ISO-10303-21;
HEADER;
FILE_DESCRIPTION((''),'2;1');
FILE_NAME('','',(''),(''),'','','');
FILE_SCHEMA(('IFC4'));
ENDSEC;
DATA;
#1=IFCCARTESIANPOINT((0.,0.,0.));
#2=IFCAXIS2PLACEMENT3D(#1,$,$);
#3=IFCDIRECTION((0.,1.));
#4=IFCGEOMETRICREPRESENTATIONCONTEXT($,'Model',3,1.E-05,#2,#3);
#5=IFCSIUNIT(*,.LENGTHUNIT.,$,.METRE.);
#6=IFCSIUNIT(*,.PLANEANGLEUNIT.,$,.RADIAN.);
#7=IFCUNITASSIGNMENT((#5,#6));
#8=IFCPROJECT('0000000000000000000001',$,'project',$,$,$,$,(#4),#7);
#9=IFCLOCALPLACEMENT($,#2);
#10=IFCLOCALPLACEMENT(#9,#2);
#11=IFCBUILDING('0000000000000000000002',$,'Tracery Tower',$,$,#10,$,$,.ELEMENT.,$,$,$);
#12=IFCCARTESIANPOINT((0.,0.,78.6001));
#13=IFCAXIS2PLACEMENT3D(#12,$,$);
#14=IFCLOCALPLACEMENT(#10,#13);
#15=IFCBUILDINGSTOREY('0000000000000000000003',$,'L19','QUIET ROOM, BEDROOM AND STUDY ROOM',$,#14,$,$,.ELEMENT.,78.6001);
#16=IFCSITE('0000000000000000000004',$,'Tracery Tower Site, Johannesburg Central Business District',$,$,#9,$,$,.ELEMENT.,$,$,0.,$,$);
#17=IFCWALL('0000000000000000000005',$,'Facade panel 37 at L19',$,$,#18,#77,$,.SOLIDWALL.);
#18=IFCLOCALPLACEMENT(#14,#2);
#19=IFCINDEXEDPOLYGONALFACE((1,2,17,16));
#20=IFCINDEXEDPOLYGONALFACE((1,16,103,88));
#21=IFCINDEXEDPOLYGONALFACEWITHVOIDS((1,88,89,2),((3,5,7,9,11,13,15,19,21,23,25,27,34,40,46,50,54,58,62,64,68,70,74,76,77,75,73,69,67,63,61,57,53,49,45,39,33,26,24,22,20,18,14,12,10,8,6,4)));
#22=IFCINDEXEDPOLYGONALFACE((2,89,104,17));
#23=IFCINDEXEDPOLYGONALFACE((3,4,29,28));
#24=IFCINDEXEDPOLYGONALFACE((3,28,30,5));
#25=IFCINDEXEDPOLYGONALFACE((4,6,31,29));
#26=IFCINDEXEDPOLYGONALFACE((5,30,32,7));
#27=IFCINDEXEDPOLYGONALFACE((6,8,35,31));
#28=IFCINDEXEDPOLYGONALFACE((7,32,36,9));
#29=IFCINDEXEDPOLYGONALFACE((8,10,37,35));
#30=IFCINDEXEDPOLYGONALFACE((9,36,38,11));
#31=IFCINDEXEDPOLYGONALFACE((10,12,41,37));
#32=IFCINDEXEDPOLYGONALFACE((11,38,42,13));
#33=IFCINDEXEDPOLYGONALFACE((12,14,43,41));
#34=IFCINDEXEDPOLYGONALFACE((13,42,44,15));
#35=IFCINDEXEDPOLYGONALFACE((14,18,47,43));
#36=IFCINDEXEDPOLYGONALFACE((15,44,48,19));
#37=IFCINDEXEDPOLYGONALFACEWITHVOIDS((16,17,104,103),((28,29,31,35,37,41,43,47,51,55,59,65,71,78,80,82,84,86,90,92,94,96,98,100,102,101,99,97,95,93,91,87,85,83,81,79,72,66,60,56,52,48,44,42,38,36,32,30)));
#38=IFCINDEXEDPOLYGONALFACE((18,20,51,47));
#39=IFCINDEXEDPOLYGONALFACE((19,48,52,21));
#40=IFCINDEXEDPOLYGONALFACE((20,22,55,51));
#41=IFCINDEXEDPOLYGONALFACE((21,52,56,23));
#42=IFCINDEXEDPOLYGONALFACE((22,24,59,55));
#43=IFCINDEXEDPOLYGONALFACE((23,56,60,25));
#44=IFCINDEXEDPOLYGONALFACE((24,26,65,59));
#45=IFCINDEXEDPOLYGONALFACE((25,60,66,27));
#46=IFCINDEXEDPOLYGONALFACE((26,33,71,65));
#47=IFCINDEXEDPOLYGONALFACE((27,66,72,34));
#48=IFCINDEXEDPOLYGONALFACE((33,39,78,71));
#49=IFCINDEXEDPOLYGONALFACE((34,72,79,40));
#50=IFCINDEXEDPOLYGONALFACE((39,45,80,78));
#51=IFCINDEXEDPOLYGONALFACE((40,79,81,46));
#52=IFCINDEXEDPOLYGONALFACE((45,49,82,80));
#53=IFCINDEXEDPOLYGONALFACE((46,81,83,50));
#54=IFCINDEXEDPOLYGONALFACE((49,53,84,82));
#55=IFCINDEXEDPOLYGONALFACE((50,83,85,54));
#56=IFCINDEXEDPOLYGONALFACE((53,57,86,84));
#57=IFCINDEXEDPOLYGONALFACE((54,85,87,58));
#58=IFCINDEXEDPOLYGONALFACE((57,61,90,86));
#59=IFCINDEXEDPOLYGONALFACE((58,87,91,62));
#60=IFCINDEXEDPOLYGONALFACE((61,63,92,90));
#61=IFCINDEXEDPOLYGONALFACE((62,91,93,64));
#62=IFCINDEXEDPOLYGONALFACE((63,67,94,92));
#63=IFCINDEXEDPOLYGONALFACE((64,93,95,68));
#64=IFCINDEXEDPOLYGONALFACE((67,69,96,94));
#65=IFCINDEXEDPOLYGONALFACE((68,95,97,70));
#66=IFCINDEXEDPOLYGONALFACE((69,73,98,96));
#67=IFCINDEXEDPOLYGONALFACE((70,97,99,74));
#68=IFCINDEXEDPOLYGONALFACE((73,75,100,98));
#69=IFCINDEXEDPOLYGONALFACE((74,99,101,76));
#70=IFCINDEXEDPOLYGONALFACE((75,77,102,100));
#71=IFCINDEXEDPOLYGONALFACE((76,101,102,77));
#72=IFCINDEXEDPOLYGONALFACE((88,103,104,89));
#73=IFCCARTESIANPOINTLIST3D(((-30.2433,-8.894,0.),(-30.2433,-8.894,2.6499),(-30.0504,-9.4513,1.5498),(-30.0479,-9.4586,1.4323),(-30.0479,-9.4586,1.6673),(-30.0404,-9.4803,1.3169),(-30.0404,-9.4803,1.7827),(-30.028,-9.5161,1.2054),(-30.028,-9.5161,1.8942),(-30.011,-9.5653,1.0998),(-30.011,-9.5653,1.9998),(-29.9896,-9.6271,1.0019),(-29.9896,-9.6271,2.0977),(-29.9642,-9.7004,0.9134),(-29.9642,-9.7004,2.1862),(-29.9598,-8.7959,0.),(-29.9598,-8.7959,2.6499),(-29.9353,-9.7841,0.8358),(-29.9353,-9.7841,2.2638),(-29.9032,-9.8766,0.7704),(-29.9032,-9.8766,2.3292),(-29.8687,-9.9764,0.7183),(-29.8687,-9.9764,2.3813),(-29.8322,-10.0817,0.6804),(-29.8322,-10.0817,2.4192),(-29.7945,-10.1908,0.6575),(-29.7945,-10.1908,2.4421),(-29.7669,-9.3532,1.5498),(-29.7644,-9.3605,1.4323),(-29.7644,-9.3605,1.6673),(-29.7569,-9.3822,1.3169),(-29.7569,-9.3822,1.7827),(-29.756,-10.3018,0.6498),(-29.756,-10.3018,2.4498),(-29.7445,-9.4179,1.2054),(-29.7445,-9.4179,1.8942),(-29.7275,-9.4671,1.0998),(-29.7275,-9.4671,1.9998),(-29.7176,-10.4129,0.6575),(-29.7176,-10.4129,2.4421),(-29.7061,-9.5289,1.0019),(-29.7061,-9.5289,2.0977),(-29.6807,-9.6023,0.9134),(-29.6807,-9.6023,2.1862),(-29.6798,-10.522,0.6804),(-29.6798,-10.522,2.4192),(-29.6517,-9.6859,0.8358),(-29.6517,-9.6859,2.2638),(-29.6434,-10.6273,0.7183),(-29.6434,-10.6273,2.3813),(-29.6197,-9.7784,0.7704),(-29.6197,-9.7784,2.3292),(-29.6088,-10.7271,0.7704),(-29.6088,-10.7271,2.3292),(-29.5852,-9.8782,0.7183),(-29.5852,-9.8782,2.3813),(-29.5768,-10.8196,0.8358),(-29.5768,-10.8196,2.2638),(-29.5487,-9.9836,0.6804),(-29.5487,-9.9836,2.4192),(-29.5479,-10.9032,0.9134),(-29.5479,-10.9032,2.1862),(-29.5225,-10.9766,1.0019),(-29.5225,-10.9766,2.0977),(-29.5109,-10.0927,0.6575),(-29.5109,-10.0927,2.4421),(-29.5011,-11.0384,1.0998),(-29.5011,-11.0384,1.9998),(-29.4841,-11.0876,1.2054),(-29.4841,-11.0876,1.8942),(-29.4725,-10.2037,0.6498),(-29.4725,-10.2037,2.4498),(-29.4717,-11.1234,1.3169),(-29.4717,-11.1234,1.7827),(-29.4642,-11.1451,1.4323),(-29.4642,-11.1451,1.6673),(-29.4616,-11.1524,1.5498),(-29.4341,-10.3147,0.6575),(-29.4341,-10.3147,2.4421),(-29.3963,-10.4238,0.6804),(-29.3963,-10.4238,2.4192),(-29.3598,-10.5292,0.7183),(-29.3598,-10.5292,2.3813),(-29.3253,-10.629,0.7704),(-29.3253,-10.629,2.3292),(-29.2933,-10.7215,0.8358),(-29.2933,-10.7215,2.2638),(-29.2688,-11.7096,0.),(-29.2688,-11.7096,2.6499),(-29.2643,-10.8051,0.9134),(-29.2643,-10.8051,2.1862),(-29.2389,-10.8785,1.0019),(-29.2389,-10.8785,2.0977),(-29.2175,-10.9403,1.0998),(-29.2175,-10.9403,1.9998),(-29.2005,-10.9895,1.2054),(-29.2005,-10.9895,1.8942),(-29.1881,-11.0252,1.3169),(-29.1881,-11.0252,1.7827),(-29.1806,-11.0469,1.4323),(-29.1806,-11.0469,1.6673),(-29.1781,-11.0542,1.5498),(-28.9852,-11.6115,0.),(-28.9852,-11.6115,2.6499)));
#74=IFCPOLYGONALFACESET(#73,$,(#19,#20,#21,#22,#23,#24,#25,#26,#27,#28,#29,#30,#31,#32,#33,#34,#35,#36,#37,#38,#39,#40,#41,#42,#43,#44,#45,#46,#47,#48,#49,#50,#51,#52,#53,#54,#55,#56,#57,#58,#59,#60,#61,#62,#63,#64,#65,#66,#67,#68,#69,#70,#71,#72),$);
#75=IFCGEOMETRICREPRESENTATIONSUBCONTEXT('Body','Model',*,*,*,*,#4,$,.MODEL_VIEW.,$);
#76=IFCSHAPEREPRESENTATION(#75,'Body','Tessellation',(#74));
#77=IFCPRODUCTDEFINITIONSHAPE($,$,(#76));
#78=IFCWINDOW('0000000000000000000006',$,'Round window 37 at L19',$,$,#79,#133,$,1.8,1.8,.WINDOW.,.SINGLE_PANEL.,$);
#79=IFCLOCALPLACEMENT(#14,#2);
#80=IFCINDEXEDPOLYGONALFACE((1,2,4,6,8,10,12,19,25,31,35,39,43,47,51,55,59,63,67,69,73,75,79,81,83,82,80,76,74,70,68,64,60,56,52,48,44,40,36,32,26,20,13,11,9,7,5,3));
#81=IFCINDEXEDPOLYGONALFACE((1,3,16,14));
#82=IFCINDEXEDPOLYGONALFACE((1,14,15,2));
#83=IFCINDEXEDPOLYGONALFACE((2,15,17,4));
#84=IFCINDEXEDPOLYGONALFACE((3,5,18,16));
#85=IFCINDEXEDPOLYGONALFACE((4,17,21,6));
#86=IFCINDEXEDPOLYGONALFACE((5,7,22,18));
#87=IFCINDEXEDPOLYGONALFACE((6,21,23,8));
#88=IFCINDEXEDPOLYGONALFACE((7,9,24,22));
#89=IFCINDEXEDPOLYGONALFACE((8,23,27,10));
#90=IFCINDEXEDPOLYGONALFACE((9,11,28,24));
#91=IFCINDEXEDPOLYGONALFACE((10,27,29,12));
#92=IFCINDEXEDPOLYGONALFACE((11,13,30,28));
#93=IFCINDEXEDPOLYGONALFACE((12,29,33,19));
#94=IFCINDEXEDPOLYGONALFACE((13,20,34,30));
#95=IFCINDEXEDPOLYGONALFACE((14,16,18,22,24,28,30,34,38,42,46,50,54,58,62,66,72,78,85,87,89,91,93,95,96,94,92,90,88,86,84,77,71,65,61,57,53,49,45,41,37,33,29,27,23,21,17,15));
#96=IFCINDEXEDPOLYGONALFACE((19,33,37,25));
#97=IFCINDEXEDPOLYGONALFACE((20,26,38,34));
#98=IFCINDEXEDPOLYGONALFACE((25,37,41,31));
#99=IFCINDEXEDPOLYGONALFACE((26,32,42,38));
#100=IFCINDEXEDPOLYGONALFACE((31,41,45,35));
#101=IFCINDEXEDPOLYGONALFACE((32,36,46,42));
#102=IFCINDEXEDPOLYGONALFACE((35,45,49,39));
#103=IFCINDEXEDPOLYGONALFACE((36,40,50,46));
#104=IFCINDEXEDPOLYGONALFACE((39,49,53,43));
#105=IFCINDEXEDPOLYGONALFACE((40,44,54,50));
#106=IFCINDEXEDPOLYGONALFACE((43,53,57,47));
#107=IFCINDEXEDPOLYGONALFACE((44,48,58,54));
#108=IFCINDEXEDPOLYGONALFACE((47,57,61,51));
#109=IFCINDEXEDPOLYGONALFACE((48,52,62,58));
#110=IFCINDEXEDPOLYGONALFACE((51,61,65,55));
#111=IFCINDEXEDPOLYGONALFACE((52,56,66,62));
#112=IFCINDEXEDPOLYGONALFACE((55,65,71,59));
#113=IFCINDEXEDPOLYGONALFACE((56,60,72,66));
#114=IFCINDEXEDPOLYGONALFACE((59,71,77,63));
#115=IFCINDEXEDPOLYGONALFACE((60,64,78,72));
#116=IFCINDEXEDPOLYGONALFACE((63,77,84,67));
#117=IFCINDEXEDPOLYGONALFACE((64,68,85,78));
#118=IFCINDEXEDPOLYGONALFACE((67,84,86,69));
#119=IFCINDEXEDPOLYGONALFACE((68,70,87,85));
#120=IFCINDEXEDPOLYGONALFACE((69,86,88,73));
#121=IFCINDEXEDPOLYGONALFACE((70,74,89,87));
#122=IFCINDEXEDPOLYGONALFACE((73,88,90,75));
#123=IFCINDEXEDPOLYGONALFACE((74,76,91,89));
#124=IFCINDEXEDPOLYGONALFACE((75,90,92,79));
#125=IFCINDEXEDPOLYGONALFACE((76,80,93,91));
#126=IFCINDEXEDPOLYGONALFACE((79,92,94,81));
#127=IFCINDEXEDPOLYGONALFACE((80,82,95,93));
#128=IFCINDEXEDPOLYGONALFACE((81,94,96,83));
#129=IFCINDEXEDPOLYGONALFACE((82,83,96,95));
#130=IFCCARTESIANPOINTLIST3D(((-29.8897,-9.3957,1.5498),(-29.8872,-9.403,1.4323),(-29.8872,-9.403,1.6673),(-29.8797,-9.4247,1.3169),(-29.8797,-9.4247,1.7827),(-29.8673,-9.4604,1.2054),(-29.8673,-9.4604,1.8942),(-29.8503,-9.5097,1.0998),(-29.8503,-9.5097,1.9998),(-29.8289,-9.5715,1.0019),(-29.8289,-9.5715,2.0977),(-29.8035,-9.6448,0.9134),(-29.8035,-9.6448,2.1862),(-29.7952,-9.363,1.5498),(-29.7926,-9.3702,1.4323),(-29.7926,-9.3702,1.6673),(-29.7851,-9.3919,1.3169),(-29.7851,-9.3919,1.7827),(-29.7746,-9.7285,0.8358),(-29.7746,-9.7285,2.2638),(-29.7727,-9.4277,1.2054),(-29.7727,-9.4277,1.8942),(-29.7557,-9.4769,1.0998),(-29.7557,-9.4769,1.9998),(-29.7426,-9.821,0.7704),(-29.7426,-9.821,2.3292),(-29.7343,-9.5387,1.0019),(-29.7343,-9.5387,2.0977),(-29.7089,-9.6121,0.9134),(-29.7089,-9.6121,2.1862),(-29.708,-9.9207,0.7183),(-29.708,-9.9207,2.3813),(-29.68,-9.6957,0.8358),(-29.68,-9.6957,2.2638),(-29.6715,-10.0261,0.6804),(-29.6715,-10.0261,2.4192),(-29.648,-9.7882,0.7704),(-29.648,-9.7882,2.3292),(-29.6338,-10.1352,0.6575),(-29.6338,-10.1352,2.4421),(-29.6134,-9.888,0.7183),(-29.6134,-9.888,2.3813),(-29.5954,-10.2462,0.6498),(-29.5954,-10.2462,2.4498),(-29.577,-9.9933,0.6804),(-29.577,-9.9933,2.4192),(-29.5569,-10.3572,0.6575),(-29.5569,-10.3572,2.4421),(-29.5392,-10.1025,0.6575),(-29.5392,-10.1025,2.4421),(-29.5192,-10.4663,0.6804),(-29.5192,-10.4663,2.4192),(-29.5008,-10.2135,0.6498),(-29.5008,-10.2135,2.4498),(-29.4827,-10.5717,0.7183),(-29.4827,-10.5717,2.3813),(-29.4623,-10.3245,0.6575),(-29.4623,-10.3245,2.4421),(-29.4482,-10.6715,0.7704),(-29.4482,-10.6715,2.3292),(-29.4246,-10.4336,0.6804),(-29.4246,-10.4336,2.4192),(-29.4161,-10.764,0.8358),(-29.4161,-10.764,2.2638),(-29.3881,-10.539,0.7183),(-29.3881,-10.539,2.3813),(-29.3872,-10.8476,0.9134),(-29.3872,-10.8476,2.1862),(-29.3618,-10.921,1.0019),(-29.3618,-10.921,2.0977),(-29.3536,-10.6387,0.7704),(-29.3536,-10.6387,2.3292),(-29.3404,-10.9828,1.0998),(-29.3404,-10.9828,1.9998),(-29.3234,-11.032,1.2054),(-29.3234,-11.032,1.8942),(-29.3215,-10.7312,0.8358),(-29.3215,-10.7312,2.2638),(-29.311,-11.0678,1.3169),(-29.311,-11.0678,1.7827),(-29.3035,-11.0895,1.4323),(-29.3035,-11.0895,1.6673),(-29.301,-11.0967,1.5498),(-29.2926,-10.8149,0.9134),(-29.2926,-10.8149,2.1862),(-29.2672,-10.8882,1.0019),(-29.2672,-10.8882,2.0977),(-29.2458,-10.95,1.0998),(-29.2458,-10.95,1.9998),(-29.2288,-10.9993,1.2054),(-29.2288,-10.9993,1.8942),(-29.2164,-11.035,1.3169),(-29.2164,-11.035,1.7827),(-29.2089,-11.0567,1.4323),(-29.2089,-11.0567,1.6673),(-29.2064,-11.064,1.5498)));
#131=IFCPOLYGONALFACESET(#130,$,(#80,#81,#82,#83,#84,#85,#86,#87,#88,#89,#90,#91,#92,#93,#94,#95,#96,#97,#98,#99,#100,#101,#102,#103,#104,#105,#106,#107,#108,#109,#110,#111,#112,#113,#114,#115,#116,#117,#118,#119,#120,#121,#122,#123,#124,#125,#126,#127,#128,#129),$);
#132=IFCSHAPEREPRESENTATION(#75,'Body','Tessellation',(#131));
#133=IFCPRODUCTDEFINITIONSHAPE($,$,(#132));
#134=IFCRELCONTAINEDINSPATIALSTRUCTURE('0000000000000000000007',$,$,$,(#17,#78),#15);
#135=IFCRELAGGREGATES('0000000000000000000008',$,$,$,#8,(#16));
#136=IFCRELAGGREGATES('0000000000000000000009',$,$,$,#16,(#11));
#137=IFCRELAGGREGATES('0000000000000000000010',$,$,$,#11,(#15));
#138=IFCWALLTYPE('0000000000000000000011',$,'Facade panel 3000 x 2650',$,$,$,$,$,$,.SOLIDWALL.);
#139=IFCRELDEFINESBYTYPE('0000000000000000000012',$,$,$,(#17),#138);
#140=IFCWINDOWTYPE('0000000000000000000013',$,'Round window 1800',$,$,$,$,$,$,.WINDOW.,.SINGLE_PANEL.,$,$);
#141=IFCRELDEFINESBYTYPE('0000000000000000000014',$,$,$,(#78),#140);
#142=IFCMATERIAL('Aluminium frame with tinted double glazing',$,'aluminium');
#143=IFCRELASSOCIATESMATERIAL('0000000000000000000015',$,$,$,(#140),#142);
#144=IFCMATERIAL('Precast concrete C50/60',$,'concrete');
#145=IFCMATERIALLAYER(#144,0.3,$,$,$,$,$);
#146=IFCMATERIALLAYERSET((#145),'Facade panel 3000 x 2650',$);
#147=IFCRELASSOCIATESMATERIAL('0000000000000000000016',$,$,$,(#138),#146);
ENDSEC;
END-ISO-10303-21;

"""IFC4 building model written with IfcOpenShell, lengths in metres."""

from ifc_helpers import new_model, si_unit, direction, frame, frame_2d, origin, origin_2d, place, context, subcontext, project, spatial, rectangle, circle, extrude, material, layer, layer_set, type_object, element, fill, save


model = new_model("IFC4")

# Units and contexts
model_context = context("Model", 3, precision=1e-05, world=origin(), true_north=direction((0.0, 1.0)))
body_context = subcontext(model_context, "Body", "Model", "MODEL_VIEW")
ifc_project = project(units=[si_unit("LENGTHUNIT", "METRE"), si_unit("PLANEANGLEUNIT", "RADIAN")], contexts=[model_context])

# Site, building, storey
site_placement = place(None, origin())
site = spatial("IfcSite", under=ifc_project, at=site_placement, Name="Tracery Tower Site, Johannesburg Central Business District", CompositionType="ELEMENT", RefElevation=0.0)
building_placement = place(site_placement, origin())
building = spatial("IfcBuilding", under=site, at=building_placement, Name="Tracery Tower", CompositionType="ELEMENT")
storey_placement = place(building_placement, frame((0.0, 0.0, 78.6001)))
storey = spatial("IfcBuildingStorey", under=building, at=storey_placement, Name="L19", Description="QUIET ROOM, BEDROOM AND STUDY ROOM", CompositionType="ELEMENT", Elevation=78.6001)

# Wall, opening, window
ifc_material_1 = material(Name="Aluminium frame with tinted double glazing", Category="aluminium")
window_type = type_object("IfcWindowType", Name="Round window 1800", PartitioningType="SINGLE_PANEL", PredefinedType="WINDOW", material=ifc_material_1)
ifc_material_2 = material(Name="Precast concrete C50/60", Category="concrete")
ifc_layer_1 = layer(ifc_material_2, 0.3)
ifc_layer_set_1 = layer_set([ifc_layer_1], Name="Facade panel 3000 x 2650")
wall_type_1 = type_object("IfcWallType", Name="Facade panel 3000 x 2650", PredefinedType="SOLIDWALL", material=ifc_layer_set_1)
wall_1_placement = place(storey_placement, frame((-30.1016, -8.845, 0.0), z_axis=(0.0, 0.0, 1.0), x_axis=(0.327096, -0.944991, 0.0)))
wall_1 = element("IfcWall", 1, at=wall_1_placement, inside=storey, type_object=wall_type_1, Name="Facade panel 37 at L19", PredefinedType="SOLIDWALL", context=body_context, shape_type="SweptSolid", body=[
    extrude(rectangle(XDim=2.9795, YDim=0.3, at=frame_2d((1.4897, 0.0))), origin(), (0.0, 0.0, 1.0), 2.6499),
])
opening_1_placement = place(wall_1_placement, frame((1.4897, 0.0, 1.5498)))
opening_1 = element("IfcOpeningElement", 2, at=opening_1_placement, cuts=wall_1, PredefinedType="OPENING", context=body_context, shape_type="SweptSolid", body=[
    extrude(circle(Radius=0.9, at=origin_2d()), frame((0.0, 0.1599, 0.0), z_axis=(0.0, -1.0, 0.0), x_axis=(1.0, 0.0, 0.0)), (0.0, 0.0, 1.0), 0.3201),
])
window_1_placement = place(opening_1_placement, origin())
window_1 = element("IfcWindow", 3, at=window_1_placement, inside=storey, type_object=window_type, Name="Round window 37 at L19", OverallHeight=1.8, OverallWidth=1.8, PartitioningType="SINGLE_PANEL", PredefinedType="WINDOW", context=body_context, shape_type="SweptSolid", body=[
    extrude(circle(Radius=0.9, at=origin_2d()), frame((0.0, 0.1201, 0.0), z_axis=(0.0, -1.0, 0.0), x_axis=(1.0, 0.0, 0.0)), (0.0, 0.0, 1.0), 0.1001),
])
fill(opening_1, window_1)

save(model, "model.ifc")
